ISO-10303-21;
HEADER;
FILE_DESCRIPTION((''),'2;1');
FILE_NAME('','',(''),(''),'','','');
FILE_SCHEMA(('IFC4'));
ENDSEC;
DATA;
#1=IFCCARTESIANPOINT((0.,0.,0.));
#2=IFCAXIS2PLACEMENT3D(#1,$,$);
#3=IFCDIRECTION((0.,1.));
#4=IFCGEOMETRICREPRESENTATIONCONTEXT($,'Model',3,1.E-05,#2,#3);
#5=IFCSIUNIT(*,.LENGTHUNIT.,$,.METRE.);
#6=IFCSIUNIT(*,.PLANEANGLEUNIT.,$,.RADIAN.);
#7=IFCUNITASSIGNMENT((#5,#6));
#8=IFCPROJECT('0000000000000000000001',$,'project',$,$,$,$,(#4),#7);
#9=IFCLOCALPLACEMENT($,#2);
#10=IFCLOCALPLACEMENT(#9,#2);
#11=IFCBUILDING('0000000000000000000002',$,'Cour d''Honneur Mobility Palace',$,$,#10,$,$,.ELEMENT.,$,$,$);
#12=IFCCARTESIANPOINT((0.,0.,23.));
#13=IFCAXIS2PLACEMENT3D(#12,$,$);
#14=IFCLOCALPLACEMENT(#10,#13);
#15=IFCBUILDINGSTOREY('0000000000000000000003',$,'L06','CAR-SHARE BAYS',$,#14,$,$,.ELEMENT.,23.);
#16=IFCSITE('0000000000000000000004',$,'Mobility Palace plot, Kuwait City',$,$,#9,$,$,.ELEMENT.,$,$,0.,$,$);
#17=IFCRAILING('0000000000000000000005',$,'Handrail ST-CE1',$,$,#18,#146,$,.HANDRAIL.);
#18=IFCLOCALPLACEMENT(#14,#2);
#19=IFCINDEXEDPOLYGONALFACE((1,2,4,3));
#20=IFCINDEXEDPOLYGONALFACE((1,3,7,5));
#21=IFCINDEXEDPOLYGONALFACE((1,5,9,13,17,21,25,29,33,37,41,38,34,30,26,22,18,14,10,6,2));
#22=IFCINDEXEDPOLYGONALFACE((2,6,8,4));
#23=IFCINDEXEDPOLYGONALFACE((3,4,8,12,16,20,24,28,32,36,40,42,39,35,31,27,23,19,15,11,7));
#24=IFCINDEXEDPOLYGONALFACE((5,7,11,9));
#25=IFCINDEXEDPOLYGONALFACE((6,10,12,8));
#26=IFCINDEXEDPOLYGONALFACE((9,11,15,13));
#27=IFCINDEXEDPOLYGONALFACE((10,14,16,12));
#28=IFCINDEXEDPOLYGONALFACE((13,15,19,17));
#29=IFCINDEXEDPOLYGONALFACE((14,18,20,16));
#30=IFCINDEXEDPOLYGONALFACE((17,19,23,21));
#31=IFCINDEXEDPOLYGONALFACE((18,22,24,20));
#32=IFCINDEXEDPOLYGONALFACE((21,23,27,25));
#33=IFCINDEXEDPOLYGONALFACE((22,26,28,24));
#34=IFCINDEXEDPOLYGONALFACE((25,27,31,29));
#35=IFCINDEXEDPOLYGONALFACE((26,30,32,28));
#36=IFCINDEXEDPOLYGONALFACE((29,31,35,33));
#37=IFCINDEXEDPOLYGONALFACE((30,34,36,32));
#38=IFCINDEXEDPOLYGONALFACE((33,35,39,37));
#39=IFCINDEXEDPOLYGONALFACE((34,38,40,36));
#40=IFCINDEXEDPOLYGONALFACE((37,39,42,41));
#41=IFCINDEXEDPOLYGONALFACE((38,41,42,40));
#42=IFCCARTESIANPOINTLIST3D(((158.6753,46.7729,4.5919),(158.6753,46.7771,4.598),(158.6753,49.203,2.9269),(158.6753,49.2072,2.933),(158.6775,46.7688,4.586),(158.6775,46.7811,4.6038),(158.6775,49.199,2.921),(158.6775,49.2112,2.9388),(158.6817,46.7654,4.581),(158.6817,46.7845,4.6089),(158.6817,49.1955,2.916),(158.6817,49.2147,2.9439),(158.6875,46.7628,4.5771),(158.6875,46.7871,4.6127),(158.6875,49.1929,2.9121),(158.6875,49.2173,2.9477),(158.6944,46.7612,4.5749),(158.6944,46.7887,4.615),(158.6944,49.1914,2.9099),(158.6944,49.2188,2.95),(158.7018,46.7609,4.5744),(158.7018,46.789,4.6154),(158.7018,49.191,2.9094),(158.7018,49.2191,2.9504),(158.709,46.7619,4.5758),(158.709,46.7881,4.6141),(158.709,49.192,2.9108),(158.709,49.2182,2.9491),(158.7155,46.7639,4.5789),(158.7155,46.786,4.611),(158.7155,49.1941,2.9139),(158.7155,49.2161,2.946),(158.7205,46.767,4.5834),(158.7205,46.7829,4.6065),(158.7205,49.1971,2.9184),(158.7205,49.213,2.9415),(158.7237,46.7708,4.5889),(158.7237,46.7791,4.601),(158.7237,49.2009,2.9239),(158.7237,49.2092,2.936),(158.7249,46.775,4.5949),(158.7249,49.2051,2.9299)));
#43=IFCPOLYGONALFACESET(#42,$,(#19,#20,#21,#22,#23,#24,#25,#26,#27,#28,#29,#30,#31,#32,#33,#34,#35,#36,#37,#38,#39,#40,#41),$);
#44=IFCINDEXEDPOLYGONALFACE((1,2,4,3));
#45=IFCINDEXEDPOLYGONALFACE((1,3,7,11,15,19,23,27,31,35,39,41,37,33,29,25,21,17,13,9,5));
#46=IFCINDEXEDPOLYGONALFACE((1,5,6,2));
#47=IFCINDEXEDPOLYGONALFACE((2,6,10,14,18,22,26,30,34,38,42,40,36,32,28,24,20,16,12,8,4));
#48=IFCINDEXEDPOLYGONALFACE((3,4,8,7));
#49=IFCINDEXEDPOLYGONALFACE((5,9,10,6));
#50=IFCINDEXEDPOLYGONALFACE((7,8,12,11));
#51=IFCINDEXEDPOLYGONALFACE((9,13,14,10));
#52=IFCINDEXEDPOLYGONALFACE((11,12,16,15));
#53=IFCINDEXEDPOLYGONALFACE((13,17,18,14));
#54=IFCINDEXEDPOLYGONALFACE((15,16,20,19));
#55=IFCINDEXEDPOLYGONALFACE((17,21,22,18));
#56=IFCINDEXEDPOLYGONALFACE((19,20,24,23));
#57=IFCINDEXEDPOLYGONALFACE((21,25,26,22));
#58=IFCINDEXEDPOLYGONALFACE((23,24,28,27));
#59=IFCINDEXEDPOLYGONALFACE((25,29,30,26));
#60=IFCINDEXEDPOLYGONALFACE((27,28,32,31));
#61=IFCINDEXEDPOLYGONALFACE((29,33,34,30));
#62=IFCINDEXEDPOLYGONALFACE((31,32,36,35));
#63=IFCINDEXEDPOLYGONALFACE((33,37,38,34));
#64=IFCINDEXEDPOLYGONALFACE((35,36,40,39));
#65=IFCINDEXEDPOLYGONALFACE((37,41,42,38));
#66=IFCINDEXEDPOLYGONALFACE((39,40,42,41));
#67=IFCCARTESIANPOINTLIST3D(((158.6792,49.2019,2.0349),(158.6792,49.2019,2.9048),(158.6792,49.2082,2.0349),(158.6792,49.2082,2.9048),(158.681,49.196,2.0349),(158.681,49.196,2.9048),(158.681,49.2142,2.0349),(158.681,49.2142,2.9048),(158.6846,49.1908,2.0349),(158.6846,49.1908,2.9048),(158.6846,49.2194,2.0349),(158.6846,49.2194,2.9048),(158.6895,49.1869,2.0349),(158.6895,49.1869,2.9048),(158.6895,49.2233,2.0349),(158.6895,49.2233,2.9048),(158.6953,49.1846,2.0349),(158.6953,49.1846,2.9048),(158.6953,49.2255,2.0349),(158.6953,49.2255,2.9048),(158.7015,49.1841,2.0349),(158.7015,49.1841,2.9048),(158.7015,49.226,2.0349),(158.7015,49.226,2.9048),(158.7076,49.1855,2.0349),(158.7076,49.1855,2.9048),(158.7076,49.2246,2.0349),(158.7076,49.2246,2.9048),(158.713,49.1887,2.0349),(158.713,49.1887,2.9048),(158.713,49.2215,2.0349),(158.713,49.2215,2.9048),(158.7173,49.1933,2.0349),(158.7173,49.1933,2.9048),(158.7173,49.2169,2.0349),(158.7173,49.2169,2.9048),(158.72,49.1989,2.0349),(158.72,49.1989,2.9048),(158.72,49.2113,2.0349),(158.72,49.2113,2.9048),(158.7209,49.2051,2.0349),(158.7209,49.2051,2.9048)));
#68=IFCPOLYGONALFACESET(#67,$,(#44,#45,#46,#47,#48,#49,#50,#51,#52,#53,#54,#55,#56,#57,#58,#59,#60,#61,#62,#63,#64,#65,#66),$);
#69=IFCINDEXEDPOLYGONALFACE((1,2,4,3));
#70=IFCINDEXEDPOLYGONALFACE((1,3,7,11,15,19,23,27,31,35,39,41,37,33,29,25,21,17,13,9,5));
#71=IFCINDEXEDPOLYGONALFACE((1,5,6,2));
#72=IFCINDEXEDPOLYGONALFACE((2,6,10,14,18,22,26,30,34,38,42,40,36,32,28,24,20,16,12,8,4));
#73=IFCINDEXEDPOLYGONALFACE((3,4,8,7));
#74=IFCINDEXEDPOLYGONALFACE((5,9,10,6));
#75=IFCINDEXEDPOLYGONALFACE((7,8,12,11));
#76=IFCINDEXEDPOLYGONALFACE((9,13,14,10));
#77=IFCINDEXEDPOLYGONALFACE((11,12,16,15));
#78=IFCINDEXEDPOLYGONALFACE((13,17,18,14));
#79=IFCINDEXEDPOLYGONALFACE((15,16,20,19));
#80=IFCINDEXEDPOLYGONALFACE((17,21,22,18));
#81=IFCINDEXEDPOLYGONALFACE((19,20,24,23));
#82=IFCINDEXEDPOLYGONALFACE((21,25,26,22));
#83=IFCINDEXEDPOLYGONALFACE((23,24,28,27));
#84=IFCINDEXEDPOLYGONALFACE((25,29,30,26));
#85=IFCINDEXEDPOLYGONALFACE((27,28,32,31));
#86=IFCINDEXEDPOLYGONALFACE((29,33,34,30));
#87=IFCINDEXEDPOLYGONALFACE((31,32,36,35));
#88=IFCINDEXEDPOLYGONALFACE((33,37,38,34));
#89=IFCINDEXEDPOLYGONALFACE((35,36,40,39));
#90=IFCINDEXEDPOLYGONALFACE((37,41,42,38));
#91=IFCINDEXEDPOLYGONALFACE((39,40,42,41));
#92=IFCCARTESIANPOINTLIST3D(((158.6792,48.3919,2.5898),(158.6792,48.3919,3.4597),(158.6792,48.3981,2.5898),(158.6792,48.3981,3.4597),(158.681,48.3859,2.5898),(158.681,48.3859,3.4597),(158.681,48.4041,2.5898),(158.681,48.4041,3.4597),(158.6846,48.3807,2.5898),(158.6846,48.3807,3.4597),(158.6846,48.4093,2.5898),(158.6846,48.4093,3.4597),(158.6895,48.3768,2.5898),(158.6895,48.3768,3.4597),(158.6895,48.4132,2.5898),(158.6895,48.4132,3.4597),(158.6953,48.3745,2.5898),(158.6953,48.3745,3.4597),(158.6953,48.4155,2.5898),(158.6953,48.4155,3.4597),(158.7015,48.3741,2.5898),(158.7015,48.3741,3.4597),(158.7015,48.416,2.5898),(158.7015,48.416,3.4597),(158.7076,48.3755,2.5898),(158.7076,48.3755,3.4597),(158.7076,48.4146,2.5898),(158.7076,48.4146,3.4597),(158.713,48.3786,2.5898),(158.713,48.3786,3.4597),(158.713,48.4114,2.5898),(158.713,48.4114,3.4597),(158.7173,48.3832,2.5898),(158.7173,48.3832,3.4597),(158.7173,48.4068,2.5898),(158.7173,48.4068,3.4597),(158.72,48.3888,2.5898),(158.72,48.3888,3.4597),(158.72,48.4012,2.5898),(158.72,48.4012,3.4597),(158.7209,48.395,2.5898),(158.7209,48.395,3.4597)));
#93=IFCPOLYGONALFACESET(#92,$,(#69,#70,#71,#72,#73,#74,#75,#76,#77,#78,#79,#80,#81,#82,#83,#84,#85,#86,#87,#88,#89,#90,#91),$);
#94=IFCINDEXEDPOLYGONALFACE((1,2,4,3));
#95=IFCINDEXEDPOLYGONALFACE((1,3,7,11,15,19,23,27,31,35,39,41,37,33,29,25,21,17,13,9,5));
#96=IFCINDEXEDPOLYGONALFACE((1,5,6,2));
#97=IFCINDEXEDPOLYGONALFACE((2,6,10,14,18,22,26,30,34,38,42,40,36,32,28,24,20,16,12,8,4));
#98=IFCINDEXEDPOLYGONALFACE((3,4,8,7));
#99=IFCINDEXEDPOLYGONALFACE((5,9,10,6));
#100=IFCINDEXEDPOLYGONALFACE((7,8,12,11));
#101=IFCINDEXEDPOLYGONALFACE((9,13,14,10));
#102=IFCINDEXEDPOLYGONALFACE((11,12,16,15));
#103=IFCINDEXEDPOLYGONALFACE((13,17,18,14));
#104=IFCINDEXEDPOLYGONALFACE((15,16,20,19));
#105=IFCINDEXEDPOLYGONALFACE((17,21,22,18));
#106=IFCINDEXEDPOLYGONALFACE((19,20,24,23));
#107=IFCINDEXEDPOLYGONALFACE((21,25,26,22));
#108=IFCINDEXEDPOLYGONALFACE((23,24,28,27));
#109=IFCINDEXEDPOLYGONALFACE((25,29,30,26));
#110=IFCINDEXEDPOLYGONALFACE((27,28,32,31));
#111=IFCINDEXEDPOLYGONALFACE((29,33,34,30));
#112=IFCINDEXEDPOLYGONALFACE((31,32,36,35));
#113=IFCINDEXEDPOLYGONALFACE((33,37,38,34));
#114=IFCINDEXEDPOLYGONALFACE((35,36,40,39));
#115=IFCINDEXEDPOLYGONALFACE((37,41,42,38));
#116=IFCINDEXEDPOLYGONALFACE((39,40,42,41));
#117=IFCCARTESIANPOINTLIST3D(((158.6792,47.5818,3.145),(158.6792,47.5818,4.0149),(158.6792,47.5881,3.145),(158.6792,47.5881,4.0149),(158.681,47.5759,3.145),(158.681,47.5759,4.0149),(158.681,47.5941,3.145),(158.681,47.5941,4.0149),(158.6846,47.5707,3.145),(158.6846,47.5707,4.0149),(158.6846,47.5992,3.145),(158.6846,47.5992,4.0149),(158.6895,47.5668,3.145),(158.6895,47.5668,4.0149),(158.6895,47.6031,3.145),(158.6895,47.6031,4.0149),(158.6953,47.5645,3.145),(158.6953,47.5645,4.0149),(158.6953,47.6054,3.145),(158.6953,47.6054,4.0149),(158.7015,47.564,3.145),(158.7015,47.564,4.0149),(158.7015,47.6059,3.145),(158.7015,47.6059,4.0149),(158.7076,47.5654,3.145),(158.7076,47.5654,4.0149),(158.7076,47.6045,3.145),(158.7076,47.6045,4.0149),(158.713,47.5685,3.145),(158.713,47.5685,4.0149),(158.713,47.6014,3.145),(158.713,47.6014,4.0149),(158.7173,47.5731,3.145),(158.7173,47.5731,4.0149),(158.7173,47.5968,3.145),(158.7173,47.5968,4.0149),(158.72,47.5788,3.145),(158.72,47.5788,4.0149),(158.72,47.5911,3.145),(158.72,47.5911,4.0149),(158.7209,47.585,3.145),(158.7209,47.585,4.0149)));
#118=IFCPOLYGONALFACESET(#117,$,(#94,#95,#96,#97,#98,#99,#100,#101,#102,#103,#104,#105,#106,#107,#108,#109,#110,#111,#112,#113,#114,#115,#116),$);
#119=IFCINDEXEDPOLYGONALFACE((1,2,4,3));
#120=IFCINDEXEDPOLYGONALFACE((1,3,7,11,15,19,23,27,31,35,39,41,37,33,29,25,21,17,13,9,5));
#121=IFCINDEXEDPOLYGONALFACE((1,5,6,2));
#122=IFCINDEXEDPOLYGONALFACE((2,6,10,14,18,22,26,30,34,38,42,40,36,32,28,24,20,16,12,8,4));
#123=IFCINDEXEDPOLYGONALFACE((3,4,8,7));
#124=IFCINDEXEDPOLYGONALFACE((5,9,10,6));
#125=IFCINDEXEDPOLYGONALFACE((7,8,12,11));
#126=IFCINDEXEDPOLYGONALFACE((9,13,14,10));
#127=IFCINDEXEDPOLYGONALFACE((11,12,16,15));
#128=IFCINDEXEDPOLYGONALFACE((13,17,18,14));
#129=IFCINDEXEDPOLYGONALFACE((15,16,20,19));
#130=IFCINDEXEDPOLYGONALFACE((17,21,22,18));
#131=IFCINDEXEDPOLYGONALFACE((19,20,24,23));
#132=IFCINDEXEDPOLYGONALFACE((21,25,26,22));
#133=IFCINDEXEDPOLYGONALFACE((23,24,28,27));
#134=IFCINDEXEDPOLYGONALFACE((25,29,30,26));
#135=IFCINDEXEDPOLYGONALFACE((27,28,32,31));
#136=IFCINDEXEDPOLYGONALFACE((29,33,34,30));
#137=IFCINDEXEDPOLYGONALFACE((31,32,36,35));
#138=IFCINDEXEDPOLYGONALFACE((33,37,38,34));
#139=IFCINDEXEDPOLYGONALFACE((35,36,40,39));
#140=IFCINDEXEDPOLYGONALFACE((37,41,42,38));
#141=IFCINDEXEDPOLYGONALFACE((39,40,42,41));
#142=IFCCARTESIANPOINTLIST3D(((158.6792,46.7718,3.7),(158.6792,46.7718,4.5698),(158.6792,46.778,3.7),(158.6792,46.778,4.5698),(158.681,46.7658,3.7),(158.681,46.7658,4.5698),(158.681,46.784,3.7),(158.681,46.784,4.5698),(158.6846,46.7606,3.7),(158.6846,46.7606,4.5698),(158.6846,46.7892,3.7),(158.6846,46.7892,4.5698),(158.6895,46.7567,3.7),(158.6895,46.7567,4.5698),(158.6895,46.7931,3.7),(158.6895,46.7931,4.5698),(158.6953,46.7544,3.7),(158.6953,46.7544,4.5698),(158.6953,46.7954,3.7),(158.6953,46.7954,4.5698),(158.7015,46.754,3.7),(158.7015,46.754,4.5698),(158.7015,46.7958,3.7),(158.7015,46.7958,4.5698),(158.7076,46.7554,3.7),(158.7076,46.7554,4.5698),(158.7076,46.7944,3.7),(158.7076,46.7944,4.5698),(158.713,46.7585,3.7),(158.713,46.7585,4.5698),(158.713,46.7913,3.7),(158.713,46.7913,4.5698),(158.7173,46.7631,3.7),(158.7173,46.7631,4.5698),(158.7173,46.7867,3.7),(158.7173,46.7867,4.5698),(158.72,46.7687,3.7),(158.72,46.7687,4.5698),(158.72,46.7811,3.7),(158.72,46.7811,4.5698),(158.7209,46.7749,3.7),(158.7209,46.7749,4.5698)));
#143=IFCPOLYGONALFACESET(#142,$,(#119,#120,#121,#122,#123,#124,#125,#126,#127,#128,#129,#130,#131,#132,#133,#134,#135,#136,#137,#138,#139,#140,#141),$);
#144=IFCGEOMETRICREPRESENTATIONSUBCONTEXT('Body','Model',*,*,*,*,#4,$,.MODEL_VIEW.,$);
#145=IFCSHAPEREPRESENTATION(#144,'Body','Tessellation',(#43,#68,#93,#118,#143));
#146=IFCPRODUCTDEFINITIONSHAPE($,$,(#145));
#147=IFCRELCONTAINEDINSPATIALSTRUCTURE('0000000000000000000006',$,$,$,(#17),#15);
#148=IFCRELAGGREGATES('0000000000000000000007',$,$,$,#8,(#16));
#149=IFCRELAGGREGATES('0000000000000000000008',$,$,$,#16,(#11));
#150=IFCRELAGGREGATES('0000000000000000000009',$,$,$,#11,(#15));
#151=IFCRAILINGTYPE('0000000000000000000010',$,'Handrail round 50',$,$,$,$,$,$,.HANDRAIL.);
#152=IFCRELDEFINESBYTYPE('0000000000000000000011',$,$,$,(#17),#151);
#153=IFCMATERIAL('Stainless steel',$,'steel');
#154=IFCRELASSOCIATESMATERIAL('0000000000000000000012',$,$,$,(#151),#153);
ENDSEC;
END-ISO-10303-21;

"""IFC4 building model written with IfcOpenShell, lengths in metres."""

from ifc_helpers import new_model, si_unit, direction, frame, origin, origin_2d, place, context, subcontext, project, spatial, circle, extrude, material, type_object, element, save


model = new_model("IFC4")

# Units and contexts
model_context = context("Model", 3, precision=1e-05, world=origin(), true_north=direction((0.0, 1.0)))
body_context = subcontext(model_context, "Body", "Model", "MODEL_VIEW")
ifc_project = project(units=[si_unit("LENGTHUNIT", "METRE"), si_unit("PLANEANGLEUNIT", "RADIAN")], contexts=[model_context])

# Site, building, storey
site_placement = place(None, origin())
site = spatial("IfcSite", under=ifc_project, at=site_placement, Name="Mobility Palace plot, Kuwait City", CompositionType="ELEMENT", RefElevation=0.0)
building_placement = place(site_placement, origin())
building = spatial("IfcBuilding", under=site, at=building_placement, Name="Cour d'Honneur Mobility Palace", CompositionType="ELEMENT")
storey_placement = place(building_placement, frame((0.0, 0.0, 23.0)))
storey = spatial("IfcBuildingStorey", under=building, at=storey_placement, Name="L06", Description="CAR-SHARE BAYS", CompositionType="ELEMENT", Elevation=23.0)

# Railing
ifc_material_1 = material(Name="Stainless steel", Category="steel")
railing_type_1 = type_object("IfcRailingType", Name="Handrail round 50", PredefinedType="HANDRAIL", material=ifc_material_1)
railing_1_placement = place(storey_placement, frame((158.7, 49.2051, 2.0349)))
element("IfcRailing", 1, at=railing_1_placement, inside=storey, type_object=railing_type_1, Name="Handrail ST-CE1", PredefinedType="HANDRAIL", context=body_context, shape_type="SweptSolid", body=[
    extrude(circle(Radius=0.0249, at=origin_2d()), frame((0.0, 0.0, 0.895), z_axis=(0.0, -0.824945, 0.565213), x_axis=(1.0, 0.0, 0.0)), (0.0, 0.0, 1.0), 2.9458),
    extrude(circle(Radius=0.021, at=origin_2d()), origin(), (0.0, 0.0, 1.0), 0.8699),
    extrude(circle(Radius=0.021, at=origin_2d()), frame((0.0, -0.8101, 0.5549)), (0.0, 0.0, 1.0), 0.8699),
    extrude(circle(Radius=0.021, at=origin_2d()), frame((0.0, -1.6201, 1.1101)), (0.0, 0.0, 1.0), 0.8699),
    extrude(circle(Radius=0.021, at=origin_2d()), frame((0.0, -2.4302, 1.665)), (0.0, 0.0, 1.0), 0.8699),
])

save(model, "model.ifc")
